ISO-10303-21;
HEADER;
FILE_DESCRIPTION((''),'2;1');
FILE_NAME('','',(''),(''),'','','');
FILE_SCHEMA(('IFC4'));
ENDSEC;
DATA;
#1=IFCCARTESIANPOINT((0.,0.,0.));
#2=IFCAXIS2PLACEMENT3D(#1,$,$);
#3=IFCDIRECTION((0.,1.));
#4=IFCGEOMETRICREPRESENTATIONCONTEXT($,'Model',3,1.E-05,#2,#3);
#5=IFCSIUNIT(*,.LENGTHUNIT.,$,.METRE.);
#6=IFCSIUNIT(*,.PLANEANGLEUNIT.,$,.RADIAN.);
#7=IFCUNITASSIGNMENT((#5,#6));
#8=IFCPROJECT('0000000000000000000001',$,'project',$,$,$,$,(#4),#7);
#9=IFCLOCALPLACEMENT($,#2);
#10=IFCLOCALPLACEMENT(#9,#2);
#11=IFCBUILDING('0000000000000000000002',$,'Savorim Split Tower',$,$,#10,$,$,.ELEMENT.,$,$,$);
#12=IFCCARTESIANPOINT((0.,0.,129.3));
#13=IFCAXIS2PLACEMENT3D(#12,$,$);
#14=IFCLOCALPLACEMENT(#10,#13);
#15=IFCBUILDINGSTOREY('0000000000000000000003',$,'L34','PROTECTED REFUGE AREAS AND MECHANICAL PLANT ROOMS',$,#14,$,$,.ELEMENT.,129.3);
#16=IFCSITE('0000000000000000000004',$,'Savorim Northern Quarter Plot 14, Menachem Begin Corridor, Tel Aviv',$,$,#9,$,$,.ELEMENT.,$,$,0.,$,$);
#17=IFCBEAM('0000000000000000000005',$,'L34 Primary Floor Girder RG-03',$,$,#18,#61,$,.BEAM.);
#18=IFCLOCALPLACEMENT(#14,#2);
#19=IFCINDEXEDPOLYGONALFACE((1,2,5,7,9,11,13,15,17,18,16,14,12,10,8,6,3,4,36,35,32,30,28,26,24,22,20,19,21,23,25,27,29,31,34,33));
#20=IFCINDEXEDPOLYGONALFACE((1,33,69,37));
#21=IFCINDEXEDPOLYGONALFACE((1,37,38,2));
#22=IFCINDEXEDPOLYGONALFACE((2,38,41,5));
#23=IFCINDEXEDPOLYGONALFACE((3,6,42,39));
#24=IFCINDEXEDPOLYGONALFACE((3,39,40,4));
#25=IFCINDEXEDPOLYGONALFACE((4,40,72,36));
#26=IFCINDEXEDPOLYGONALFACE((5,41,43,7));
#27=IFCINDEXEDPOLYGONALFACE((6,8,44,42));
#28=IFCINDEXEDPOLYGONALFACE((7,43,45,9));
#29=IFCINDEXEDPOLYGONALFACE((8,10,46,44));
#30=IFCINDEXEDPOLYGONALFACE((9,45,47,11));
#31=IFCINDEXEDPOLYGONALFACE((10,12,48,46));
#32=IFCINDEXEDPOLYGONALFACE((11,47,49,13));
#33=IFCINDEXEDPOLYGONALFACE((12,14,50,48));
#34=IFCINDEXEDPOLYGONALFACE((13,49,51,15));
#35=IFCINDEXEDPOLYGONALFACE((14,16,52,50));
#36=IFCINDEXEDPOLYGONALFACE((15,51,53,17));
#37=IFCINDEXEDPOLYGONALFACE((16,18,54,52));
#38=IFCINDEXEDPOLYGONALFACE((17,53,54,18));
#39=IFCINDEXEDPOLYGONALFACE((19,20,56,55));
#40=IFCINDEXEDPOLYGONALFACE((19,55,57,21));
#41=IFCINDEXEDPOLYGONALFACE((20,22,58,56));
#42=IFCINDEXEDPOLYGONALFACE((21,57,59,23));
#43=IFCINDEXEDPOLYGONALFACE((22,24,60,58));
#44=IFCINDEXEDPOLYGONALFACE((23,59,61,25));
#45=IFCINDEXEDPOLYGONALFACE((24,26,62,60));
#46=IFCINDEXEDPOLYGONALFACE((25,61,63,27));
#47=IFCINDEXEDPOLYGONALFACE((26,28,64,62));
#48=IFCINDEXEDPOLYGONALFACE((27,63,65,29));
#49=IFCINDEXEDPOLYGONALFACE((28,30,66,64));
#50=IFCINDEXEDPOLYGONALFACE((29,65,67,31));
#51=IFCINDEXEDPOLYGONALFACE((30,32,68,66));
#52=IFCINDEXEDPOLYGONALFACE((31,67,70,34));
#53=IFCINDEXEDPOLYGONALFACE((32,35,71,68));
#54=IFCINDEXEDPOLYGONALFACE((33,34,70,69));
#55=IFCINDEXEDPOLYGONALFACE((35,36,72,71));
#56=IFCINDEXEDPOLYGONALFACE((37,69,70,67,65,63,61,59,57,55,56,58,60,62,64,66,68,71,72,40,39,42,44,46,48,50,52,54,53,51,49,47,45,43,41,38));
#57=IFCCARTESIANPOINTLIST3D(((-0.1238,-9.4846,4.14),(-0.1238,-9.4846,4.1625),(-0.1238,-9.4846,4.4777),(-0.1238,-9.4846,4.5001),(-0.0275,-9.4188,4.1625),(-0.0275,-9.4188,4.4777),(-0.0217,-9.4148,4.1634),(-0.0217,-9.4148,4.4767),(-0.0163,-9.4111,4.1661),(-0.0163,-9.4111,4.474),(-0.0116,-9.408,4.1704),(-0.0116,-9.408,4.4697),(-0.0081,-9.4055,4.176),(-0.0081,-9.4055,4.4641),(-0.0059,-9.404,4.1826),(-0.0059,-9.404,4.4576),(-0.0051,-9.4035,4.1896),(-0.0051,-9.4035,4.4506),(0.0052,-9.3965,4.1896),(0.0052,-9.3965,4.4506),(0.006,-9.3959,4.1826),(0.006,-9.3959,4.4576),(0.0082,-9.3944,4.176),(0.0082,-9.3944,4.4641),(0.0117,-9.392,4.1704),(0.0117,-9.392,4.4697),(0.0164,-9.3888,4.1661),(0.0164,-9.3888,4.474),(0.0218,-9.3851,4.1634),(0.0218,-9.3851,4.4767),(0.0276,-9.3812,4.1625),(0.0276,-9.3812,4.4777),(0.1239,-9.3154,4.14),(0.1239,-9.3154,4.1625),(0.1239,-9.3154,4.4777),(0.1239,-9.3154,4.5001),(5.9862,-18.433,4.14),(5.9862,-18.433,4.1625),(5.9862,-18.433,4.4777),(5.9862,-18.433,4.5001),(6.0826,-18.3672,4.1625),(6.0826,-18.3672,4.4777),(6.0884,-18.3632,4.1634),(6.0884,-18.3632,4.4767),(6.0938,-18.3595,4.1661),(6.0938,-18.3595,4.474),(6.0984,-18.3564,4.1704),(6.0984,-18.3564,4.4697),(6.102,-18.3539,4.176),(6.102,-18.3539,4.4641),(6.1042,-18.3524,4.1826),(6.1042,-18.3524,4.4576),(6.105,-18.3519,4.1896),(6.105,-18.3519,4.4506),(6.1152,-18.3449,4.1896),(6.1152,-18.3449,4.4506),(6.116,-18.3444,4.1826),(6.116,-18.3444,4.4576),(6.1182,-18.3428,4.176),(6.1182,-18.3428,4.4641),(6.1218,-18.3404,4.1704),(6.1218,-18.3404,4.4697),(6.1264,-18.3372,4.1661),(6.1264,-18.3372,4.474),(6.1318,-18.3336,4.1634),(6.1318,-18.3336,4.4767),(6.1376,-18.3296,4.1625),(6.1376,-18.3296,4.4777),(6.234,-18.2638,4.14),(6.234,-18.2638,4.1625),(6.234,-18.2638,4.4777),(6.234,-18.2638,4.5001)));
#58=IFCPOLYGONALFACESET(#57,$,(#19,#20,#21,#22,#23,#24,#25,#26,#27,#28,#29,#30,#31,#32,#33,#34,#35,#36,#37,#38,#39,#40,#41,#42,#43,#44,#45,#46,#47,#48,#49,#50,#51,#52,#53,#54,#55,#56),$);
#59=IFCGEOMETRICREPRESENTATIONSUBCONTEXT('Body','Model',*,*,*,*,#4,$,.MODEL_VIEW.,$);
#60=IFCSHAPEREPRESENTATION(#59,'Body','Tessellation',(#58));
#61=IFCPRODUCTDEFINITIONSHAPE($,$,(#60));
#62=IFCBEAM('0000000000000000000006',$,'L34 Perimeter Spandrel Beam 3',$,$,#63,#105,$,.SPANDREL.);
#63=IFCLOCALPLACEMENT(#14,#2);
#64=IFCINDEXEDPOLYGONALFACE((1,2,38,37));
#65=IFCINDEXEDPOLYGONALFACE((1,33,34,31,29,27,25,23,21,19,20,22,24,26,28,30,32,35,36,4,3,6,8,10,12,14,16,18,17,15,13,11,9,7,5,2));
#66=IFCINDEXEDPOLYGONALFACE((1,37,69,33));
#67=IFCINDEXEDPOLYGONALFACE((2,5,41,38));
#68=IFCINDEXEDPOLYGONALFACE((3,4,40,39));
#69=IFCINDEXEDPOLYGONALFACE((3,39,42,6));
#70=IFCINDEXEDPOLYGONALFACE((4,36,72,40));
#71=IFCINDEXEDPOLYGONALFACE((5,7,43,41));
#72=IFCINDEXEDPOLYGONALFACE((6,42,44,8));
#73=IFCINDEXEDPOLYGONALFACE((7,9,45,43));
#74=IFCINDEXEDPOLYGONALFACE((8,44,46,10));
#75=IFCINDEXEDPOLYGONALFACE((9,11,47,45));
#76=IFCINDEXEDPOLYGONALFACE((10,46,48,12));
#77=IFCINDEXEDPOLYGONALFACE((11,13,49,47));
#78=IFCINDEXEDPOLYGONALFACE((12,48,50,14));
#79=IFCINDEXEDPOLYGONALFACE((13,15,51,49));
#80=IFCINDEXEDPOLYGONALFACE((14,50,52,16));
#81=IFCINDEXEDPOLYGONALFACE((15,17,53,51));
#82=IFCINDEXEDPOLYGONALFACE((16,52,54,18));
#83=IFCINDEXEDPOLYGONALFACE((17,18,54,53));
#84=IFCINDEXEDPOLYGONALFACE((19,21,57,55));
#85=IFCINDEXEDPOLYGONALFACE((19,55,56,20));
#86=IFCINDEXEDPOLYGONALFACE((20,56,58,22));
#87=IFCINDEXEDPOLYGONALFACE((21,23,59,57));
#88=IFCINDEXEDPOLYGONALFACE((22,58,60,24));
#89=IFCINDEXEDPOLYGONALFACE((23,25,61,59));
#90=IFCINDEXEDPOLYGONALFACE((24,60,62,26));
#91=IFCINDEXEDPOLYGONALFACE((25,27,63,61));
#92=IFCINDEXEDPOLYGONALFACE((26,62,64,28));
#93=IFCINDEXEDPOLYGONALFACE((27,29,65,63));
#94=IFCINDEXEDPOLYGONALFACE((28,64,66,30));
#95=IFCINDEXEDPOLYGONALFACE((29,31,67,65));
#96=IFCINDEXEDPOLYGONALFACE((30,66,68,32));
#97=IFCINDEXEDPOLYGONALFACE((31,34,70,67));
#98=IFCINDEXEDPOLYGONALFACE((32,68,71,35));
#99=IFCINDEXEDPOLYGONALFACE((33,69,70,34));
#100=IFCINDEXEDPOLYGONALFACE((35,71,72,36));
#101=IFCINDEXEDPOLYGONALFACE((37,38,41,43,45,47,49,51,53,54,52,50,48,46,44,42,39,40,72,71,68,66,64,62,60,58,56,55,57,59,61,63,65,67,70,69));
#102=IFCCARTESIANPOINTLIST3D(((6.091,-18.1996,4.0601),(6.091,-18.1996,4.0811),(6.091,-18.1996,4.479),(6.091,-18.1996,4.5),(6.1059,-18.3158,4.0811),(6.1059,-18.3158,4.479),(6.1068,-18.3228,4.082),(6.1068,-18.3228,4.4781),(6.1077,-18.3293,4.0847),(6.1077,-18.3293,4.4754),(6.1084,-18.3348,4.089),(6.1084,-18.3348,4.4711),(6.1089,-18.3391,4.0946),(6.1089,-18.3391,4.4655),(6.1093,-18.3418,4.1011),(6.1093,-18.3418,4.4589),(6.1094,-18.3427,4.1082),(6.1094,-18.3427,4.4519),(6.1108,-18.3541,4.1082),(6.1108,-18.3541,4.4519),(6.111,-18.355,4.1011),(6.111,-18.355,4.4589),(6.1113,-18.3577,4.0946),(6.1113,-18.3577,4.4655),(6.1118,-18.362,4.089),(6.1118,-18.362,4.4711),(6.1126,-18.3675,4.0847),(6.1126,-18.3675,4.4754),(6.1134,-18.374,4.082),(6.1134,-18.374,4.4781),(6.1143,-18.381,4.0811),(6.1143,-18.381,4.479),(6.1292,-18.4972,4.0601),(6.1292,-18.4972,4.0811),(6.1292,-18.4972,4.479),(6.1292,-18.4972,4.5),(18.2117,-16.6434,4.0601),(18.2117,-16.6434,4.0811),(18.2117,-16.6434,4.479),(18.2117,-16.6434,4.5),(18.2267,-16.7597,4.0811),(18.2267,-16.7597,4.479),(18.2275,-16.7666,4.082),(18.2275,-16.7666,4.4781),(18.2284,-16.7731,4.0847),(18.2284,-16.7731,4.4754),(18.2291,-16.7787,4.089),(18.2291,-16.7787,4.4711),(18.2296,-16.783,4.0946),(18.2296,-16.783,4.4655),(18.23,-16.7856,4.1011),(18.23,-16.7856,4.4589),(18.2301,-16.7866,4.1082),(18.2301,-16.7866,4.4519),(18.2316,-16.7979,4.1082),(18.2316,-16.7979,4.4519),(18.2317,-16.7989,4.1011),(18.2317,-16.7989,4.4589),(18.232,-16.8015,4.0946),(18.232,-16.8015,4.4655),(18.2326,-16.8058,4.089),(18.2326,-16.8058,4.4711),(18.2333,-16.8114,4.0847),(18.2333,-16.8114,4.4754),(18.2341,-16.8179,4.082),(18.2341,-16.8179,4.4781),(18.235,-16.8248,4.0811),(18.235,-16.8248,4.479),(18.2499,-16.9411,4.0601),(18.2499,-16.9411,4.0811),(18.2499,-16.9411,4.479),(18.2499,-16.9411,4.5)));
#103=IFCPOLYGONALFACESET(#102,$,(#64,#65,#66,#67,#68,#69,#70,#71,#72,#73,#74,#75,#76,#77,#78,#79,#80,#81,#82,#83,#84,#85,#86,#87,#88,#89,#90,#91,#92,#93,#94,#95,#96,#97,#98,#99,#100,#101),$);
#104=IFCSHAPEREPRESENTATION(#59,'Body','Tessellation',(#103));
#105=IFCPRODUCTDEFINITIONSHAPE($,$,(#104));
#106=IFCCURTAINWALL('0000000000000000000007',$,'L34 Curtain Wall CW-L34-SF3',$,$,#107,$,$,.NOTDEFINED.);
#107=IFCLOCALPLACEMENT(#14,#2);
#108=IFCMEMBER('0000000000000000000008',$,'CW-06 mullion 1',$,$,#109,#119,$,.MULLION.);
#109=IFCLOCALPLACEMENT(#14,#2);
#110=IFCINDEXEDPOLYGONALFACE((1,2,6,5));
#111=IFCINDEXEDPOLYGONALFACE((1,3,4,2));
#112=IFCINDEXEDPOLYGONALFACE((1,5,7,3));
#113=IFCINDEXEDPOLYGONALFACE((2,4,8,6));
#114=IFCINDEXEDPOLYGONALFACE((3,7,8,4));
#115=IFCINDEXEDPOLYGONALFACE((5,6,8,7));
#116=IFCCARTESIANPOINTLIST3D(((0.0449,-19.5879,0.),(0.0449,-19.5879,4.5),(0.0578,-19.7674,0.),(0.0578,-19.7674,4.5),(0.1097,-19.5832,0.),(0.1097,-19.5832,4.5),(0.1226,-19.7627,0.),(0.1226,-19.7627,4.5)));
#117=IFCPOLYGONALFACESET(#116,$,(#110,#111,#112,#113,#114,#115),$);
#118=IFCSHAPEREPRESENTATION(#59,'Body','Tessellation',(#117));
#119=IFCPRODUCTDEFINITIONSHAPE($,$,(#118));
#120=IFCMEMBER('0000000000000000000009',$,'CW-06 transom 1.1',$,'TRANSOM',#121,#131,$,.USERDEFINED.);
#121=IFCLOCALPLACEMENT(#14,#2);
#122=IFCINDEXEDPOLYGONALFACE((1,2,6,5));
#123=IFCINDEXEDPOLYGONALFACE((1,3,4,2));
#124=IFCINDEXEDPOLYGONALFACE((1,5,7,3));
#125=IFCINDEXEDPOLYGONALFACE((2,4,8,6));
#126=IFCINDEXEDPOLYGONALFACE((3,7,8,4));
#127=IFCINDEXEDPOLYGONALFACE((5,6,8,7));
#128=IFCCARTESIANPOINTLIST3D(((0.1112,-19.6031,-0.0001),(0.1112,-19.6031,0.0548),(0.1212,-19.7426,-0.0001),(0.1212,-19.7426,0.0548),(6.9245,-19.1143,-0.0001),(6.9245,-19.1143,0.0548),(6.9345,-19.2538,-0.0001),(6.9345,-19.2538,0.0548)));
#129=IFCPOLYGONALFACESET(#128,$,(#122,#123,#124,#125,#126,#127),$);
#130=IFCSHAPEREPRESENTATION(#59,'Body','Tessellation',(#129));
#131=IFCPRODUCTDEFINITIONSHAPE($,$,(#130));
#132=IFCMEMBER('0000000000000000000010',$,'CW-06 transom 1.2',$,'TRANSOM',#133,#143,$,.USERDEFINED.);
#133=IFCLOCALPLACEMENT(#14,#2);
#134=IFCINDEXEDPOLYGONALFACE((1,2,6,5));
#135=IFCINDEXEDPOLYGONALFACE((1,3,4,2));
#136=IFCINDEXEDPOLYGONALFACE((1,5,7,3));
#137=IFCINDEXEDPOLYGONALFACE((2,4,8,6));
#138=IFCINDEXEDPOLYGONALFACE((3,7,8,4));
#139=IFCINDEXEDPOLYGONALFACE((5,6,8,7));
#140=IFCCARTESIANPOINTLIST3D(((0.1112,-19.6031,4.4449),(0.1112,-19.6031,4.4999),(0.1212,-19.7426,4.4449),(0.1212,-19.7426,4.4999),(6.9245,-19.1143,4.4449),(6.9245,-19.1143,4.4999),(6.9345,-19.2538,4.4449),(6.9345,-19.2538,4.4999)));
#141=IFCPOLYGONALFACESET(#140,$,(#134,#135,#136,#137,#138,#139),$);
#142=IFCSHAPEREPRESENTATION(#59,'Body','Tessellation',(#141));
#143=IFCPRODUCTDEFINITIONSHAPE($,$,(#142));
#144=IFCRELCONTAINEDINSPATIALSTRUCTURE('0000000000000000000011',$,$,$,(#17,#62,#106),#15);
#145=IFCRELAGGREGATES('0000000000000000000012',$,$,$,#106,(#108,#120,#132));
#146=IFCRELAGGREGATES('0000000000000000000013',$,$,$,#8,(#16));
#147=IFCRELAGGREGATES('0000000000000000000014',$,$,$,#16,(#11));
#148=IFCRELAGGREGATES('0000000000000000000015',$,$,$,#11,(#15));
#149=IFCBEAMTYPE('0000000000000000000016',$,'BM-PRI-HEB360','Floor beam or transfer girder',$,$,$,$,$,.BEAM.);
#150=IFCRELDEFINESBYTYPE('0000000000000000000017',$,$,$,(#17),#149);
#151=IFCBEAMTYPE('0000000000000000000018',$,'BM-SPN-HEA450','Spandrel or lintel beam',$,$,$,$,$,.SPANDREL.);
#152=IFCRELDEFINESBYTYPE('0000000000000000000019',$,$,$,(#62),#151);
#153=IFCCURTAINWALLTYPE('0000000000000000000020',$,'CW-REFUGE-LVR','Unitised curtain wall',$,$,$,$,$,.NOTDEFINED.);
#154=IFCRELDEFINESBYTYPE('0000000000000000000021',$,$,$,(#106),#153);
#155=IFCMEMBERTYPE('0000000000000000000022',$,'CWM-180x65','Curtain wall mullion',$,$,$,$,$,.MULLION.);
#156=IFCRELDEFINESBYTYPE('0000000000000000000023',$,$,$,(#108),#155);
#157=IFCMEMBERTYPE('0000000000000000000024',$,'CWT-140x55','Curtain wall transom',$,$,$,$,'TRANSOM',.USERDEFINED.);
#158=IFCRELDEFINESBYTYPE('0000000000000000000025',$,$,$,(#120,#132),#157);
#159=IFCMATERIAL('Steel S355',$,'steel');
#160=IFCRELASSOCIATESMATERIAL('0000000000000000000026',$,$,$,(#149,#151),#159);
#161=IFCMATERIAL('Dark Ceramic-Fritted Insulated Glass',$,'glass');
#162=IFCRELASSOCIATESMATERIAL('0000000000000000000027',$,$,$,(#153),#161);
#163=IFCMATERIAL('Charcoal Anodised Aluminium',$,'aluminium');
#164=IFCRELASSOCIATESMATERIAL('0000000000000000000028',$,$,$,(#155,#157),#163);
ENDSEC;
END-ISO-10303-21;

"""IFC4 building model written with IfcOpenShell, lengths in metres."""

from ifc_helpers import new_model, si_unit, direction, frame, origin, origin_2d, place, context, subcontext, project, spatial, rectangle, i_section, extrude, material, material_profile, profile_set, type_object, element, aggregate, save


model = new_model("IFC4")

# Units and contexts
model_context = context("Model", 3, precision=1e-05, world=origin(), true_north=direction((0.0, 1.0)))
body_context = subcontext(model_context, "Body", "Model", "MODEL_VIEW")
ifc_project = project(units=[si_unit("LENGTHUNIT", "METRE"), si_unit("PLANEANGLEUNIT", "RADIAN")], contexts=[model_context])

# Site, building, storey
site_placement = place(None, origin())
site = spatial("IfcSite", under=ifc_project, at=site_placement, Name="Savorim Northern Quarter Plot 14, Menachem Begin Corridor, Tel Aviv", CompositionType="ELEMENT", RefElevation=0.0)
building_placement = place(site_placement, origin())
building = spatial("IfcBuilding", under=site, at=building_placement, Name="Savorim Split Tower", CompositionType="ELEMENT")
storey_placement = place(building_placement, frame((0.0, 0.0, 129.3)))
storey = spatial("IfcBuildingStorey", under=building, at=storey_placement, Name="L34", Description="PROTECTED REFUGE AREAS AND MECHANICAL PLANT ROOMS", CompositionType="ELEMENT", Elevation=129.3)

# Beams
ifc_material_1 = material(Name="Steel S355", Category="steel")
ifc_material_profile_1 = material_profile(ifc_material_1, i_section(OverallWidth=0.3, OverallDepth=0.3601, WebThickness=0.0125, FlangeThickness=0.0225, FilletRadius=0.0271, at=origin_2d()), Name="HEB 360")
ifc_profile_set_1 = profile_set([ifc_material_profile_1], Name="Steel S355")
beam_type_1 = type_object("IfcBeamType", Name="BM-PRI-HEB360", Description="Floor beam or transfer girder", PredefinedType="BEAM", material=ifc_profile_set_1)
beam_1_placement = place(storey_placement, frame((6.1101, -18.3484, 4.3201), z_axis=(-0.563895, 0.825846, 0.0), x_axis=(-0.825846, -0.563895, 0.0)))
element("IfcBeam", 1, at=beam_1_placement, inside=storey, type_object=beam_type_1, Name="L34 Primary Floor Girder RG-03", PredefinedType="BEAM", context=body_context, shape_type="SweptSolid", body=[
    extrude(i_section(OverallWidth=0.3, OverallDepth=0.3601, WebThickness=0.0125, FlangeThickness=0.0225, FilletRadius=0.0271, at=origin_2d()), origin(), (0.0, 0.0, 1.0), 10.8354),
])
ifc_material_profile_2 = material_profile(ifc_material_1, i_section(OverallWidth=0.3, OverallDepth=0.4399, WebThickness=0.0115, FlangeThickness=0.021, FilletRadius=0.0271, at=origin_2d()), Name="HEA 450")
ifc_profile_set_2 = profile_set([ifc_material_profile_2], Name="Steel S355")
beam_type_2 = type_object("IfcBeamType", Name="BM-SPN-HEA450", Description="Spandrel or lintel beam", PredefinedType="SPANDREL", material=ifc_profile_set_2)
beam_2_placement = place(storey_placement, frame((6.1101, -18.3484, 4.28), z_axis=(0.991859, 0.127341, 0.0), x_axis=(-0.127341, 0.991859, 0.0)))
element("IfcBeam", 2, at=beam_2_placement, inside=storey, type_object=beam_type_2, Name="L34 Perimeter Spandrel Beam 3", PredefinedType="SPANDREL", context=body_context, shape_type="SweptSolid", body=[
    extrude(i_section(OverallWidth=0.3, OverallDepth=0.4399, WebThickness=0.0115, FlangeThickness=0.021, FilletRadius=0.0271, at=origin_2d()), origin(), (0.0, 0.0, 1.0), 12.2202),
])

# Curtain wall, members
ifc_material_2 = material(Name="Dark Ceramic-Fritted Insulated Glass", Category="glass")
curtain_wall_type = type_object("IfcCurtainWallType", Name="CW-REFUGE-LVR", Description="Unitised curtain wall", PredefinedType="NOTDEFINED", material=ifc_material_2)
curtain_wall_placement = place(storey_placement, origin())
curtain_wall = element("IfcCurtainWall", 3, at=curtain_wall_placement, inside=storey, type_object=curtain_wall_type, Name="L34 Curtain Wall CW-L34-SF3", PredefinedType="NOTDEFINED")
ifc_material_3 = material(Name="Charcoal Anodised Aluminium", Category="aluminium")
ifc_material_profile_3 = material_profile(ifc_material_3, rectangle(XDim=0.1799, YDim=0.0649, at=origin_2d()), Name="ALU-M 180x65")
ifc_profile_set_3 = profile_set([ifc_material_profile_3], Name="Charcoal Anodised Aluminium")
member_type_1 = type_object("IfcMemberType", Name="CWM-180x65", Description="Curtain wall mullion", PredefinedType="MULLION", material=ifc_profile_set_3)
member_1_placement = place(storey_placement, frame((0.0837, -19.6753, 0.0), z_axis=(0.0, 0.0, 1.0), x_axis=(-0.071561, 0.997436, 0.0)))
member_1 = element("IfcMember", 4, at=member_1_placement, type_object=member_type_1, Name="CW-06 mullion 1", PredefinedType="MULLION", context=body_context, shape_type="SweptSolid", body=[
    extrude(rectangle(XDim=0.1799, YDim=0.0649, at=origin_2d()), origin(), (0.0, 0.0, 1.0), 4.5),
])
ifc_material_profile_4 = material_profile(ifc_material_3, rectangle(XDim=0.1399, YDim=0.0549, at=origin_2d()), Name="ALU-T 140x55")
ifc_profile_set_4 = profile_set([ifc_material_profile_4], Name="Charcoal Anodised Aluminium")
member_type_2 = type_object("IfcMemberType", Name="CWT-140x55", Description="Curtain wall transom", ElementType="TRANSOM", PredefinedType="USERDEFINED", material=ifc_profile_set_4)
member_2_placement = place(storey_placement, frame((0.1162, -19.6729, 0.0273), z_axis=(0.997437, 0.071554, 0.0), x_axis=(-0.071554, 0.997437, 0.0)))
member_2 = element("IfcMember", 5, at=member_2_placement, type_object=member_type_2, Name="CW-06 transom 1.1", ObjectType="TRANSOM", PredefinedType="USERDEFINED", context=body_context, shape_type="SweptSolid", body=[
    extrude(rectangle(XDim=0.1399, YDim=0.0549, at=origin_2d()), origin(), (0.0, 0.0, 1.0), 6.8308),
])
member_3_placement = place(storey_placement, frame((0.1162, -19.6729, 4.4724), z_axis=(0.997437, 0.071554, 0.0), x_axis=(-0.071554, 0.997437, 0.0)))
member_3 = element("IfcMember", 6, at=member_3_placement, type_object=member_type_2, Name="CW-06 transom 1.2", ObjectType="TRANSOM", PredefinedType="USERDEFINED", context=body_context, shape_type="SweptSolid", body=[
    extrude(rectangle(XDim=0.1399, YDim=0.0549, at=origin_2d()), origin(), (0.0, 0.0, 1.0), 6.8308),
])

aggregate(curtain_wall, [member_1, member_2, member_3])

save(model, "model.ifc")
